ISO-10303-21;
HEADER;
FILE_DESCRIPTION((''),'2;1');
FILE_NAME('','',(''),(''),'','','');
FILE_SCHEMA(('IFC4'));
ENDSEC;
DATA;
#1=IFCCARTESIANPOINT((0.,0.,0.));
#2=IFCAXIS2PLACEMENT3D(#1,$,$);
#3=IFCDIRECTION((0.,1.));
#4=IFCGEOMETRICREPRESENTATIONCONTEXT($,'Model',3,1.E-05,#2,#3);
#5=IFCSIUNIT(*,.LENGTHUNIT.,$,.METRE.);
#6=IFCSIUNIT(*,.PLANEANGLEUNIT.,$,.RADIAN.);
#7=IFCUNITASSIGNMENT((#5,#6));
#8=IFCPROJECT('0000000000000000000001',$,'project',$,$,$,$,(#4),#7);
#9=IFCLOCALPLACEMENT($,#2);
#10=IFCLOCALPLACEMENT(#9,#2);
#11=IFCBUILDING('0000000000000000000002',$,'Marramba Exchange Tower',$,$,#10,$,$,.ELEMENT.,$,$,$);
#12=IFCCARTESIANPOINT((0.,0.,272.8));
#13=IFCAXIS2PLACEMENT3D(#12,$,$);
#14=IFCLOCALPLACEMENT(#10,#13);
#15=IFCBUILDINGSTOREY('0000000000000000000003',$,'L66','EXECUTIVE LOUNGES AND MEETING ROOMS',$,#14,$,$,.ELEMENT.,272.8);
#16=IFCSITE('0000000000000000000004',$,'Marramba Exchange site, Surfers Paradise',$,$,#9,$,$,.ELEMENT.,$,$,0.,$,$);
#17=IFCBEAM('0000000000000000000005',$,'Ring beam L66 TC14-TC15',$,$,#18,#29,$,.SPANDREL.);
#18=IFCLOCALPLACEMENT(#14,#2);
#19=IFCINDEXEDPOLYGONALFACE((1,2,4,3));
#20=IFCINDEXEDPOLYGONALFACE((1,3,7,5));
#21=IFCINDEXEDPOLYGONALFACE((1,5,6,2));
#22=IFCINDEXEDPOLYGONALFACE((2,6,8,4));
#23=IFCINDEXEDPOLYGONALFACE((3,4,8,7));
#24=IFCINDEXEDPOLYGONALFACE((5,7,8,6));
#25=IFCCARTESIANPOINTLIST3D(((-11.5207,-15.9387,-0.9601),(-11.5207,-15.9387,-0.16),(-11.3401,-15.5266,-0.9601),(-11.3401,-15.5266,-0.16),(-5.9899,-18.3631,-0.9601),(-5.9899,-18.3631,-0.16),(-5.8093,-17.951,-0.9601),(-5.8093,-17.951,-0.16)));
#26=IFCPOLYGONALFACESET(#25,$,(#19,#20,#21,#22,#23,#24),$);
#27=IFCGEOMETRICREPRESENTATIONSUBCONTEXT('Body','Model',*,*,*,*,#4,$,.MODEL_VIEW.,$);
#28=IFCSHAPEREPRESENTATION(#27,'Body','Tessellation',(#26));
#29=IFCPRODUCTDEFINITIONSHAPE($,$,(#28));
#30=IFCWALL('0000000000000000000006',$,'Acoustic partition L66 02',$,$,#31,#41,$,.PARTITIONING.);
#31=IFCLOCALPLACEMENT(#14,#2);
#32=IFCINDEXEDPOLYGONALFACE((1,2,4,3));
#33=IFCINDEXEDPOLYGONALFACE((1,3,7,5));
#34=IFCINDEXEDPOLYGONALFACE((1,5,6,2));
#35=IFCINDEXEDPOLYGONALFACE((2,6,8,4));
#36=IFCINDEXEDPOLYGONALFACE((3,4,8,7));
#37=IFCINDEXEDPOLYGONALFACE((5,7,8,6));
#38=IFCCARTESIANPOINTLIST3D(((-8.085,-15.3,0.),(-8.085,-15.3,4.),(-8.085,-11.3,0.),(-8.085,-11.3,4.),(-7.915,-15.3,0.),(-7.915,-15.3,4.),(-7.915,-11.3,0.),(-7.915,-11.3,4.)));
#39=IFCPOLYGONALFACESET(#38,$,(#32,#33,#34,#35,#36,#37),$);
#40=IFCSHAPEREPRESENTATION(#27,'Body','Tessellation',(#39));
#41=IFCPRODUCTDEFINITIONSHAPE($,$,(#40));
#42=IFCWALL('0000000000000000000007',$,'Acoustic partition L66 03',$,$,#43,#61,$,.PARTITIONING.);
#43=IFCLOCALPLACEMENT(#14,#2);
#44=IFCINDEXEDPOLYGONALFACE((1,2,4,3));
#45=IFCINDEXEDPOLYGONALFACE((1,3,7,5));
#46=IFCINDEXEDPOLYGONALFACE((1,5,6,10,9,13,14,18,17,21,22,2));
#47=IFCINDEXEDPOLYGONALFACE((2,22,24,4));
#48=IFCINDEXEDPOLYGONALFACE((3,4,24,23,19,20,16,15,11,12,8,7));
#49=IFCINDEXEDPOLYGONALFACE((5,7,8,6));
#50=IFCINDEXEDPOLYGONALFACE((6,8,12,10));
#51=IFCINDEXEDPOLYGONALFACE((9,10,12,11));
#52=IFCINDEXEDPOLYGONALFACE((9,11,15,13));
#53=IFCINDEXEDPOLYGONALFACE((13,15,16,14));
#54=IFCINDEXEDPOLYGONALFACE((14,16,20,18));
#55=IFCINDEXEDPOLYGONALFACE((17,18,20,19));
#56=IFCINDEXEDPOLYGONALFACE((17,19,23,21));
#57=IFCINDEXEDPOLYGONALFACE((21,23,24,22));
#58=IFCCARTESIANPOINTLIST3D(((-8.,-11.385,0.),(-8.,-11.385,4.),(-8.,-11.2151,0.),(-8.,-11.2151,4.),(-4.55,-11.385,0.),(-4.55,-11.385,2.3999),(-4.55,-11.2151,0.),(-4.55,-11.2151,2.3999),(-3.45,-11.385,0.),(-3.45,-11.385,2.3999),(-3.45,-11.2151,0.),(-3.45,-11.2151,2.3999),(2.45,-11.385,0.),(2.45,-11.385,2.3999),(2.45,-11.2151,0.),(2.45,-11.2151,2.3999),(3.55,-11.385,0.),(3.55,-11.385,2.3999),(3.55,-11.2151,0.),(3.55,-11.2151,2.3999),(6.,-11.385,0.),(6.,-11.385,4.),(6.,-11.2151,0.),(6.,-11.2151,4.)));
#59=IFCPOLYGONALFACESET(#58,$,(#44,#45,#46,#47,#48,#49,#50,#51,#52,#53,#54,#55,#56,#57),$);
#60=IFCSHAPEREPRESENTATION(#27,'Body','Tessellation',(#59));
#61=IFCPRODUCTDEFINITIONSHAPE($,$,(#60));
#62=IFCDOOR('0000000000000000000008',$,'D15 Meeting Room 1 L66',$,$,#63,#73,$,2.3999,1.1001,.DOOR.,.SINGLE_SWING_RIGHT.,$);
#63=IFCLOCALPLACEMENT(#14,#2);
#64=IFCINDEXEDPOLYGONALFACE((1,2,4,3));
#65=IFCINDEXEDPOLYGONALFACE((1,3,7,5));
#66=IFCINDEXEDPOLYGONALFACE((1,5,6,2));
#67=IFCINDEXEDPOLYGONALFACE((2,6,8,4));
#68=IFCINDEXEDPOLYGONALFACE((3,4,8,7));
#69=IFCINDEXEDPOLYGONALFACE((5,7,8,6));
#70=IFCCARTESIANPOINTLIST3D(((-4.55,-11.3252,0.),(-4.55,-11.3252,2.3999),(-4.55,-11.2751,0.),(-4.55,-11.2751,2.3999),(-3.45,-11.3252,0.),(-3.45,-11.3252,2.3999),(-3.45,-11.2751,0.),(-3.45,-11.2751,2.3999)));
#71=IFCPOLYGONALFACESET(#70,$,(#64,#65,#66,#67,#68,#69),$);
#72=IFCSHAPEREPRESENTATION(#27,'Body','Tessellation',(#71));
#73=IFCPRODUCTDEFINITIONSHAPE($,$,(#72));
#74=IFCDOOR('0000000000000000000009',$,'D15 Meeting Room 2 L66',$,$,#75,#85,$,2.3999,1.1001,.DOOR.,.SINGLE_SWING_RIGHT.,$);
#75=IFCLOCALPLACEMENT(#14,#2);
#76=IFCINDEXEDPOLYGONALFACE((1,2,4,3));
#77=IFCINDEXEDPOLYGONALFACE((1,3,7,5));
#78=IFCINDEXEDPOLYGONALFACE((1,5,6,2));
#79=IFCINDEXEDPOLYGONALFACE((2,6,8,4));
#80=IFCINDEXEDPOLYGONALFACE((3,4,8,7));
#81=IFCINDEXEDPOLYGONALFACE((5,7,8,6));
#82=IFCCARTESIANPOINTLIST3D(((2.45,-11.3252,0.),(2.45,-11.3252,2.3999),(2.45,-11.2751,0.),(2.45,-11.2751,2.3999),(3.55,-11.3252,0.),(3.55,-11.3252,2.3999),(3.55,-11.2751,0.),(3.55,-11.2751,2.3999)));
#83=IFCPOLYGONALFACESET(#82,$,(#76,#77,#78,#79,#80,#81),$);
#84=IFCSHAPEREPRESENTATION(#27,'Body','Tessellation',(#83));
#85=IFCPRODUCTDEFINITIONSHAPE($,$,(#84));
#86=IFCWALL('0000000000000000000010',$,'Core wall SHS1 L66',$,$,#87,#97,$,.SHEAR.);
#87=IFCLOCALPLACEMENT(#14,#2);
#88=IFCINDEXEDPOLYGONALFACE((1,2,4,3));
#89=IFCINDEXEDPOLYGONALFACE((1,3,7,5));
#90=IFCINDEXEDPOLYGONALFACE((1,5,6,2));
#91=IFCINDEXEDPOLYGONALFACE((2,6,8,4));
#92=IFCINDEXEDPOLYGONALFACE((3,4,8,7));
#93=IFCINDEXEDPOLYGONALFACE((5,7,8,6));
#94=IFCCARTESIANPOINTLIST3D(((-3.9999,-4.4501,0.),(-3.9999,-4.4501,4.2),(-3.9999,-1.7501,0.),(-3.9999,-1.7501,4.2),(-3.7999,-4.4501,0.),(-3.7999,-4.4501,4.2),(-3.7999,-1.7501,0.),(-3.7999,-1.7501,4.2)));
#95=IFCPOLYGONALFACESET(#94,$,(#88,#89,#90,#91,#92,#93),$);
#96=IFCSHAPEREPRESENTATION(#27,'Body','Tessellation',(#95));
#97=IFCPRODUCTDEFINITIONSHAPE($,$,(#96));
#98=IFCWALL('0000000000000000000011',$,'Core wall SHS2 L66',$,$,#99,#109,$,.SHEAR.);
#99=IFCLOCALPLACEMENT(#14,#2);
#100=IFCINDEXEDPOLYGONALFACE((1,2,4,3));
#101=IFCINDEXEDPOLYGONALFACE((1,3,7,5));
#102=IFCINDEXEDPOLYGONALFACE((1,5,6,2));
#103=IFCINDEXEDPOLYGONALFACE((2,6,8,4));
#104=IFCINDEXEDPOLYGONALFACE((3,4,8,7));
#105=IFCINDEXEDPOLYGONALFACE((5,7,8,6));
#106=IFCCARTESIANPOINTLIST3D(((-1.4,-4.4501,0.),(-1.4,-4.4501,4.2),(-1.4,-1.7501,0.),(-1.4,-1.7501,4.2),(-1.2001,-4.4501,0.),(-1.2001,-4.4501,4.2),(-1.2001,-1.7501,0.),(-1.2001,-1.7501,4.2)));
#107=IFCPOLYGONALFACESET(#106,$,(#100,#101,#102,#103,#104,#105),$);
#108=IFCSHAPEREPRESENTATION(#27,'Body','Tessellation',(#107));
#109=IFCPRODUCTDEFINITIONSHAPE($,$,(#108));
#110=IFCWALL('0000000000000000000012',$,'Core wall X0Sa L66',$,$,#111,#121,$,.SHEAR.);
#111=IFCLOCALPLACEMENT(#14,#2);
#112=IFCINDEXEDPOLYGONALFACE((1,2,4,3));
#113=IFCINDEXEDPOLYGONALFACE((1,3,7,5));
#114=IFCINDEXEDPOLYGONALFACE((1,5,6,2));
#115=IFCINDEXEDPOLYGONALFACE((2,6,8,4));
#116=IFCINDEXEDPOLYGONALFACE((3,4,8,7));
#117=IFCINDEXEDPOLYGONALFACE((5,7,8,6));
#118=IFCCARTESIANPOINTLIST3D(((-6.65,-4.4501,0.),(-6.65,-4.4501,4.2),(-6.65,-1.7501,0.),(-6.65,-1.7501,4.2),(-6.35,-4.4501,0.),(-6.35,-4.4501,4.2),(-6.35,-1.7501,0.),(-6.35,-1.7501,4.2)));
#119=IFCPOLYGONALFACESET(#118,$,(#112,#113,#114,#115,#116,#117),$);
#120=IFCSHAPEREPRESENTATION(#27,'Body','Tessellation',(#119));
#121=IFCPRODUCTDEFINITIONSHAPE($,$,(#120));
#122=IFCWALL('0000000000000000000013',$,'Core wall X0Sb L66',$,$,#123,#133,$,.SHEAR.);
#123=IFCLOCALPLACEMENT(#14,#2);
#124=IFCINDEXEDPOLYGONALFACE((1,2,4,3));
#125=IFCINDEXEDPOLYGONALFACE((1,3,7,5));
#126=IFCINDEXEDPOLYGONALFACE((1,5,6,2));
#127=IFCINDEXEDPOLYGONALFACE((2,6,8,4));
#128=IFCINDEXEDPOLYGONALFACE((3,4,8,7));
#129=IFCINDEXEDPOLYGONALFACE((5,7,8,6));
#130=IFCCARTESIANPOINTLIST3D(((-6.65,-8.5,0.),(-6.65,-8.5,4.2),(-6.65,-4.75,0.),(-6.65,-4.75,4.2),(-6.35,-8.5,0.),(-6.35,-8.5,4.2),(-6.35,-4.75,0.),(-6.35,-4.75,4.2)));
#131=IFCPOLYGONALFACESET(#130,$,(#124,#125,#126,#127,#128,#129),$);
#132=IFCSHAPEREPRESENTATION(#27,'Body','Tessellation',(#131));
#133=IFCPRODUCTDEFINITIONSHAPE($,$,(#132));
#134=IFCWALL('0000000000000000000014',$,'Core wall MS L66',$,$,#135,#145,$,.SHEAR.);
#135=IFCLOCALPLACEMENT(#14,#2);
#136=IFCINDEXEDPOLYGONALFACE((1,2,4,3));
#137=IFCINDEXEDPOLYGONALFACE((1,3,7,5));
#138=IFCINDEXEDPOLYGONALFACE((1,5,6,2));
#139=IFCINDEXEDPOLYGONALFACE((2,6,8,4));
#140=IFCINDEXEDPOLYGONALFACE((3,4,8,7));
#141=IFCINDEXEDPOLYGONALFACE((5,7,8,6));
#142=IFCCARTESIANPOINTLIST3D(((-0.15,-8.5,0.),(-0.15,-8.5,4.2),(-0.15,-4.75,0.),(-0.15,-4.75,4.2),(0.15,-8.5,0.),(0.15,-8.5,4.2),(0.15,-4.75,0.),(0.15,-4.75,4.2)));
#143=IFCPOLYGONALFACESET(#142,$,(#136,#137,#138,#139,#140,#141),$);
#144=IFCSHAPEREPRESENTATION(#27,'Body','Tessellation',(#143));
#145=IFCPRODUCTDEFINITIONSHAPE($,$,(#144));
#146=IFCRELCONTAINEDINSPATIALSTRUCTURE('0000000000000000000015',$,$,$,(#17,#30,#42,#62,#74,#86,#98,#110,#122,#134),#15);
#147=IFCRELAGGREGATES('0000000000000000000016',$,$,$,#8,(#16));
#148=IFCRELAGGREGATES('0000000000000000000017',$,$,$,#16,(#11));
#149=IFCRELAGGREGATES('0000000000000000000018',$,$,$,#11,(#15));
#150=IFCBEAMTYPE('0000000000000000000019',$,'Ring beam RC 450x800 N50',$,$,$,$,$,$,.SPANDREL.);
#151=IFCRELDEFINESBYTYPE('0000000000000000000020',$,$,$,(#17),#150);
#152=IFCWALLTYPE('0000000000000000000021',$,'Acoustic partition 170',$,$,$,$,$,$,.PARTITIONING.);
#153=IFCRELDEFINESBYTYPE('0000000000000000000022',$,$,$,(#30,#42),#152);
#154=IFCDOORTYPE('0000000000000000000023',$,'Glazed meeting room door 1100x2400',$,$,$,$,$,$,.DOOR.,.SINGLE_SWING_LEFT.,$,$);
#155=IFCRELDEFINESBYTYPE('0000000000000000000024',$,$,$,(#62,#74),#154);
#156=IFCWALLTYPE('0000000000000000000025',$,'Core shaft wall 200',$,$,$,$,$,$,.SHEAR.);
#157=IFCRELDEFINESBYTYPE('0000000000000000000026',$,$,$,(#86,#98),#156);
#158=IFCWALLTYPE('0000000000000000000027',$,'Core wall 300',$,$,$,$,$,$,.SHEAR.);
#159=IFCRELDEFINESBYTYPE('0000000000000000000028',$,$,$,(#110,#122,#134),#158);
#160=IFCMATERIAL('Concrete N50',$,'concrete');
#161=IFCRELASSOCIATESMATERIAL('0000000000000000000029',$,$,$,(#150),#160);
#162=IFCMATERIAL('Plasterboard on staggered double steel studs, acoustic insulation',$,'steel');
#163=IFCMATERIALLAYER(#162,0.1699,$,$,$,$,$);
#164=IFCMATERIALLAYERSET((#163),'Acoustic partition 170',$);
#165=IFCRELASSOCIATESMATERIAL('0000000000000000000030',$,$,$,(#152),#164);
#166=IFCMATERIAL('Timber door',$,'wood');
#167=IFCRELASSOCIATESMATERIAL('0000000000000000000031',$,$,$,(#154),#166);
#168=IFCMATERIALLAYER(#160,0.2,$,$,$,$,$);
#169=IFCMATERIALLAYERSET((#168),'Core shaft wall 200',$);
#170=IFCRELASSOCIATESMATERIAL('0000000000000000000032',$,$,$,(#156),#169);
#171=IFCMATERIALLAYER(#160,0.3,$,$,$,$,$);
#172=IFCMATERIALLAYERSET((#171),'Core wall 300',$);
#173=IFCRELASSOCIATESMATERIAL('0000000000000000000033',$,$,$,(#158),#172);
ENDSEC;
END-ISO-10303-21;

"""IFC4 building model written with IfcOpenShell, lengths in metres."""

from ifc_helpers import new_model, si_unit, direction, frame, frame_2d, origin, origin_2d, place, context, subcontext, project, spatial, rectangle, extrude, material, layer, layer_set, material_profile, profile_set, type_object, element, fill, save


model = new_model("IFC4")

# Units and contexts
model_context = context("Model", 3, precision=1e-05, world=origin(), true_north=direction((0.0, 1.0)))
body_context = subcontext(model_context, "Body", "Model", "MODEL_VIEW")
ifc_project = project(units=[si_unit("LENGTHUNIT", "METRE"), si_unit("PLANEANGLEUNIT", "RADIAN")], contexts=[model_context])

# Site, building, storey
site_placement = place(None, origin())
site = spatial("IfcSite", under=ifc_project, at=site_placement, Name="Marramba Exchange site, Surfers Paradise", CompositionType="ELEMENT", RefElevation=0.0)
building_placement = place(site_placement, origin())
building = spatial("IfcBuilding", under=site, at=building_placement, Name="Marramba Exchange Tower", CompositionType="ELEMENT")
storey_placement = place(building_placement, frame((0.0, 0.0, 272.8)))
storey = spatial("IfcBuildingStorey", under=building, at=storey_placement, Name="L66", Description="EXECUTIVE LOUNGES AND MEETING ROOMS", CompositionType="ELEMENT", Elevation=272.8)

# Shared definitions
ifc_material_1 = material(Name="Concrete N50", Category="concrete")

# Beam
ifc_material_profile_1 = material_profile(ifc_material_1, rectangle(XDim=0.45, YDim=0.8, at=origin_2d()), Name="RC 450x800")
ifc_profile_set_1 = profile_set([ifc_material_profile_1], Name="Concrete N50")
beam_type_1 = type_object("IfcBeamType", Name="Ring beam RC 450x800 N50", PredefinedType="SPANDREL", material=ifc_profile_set_1)
beam_1_placement = place(storey_placement, frame((-11.4304, -15.7327, -0.5601), z_axis=(0.915877, -0.401459, 0.0), x_axis=(0.401459, 0.915877, 0.0)))
element("IfcBeam", 1, at=beam_1_placement, inside=storey, type_object=beam_type_1, Name="Ring beam L66 TC14-TC15", PredefinedType="SPANDREL", context=body_context, shape_type="SweptSolid", body=[
    extrude(rectangle(XDim=0.45, YDim=0.8, at=origin_2d()), origin(), (0.0, 0.0, 1.0), 6.0388),
])

# Wall
ifc_material_2 = material(Name="Plasterboard on staggered double steel studs, acoustic insulation", Category="steel")
ifc_layer_1 = layer(ifc_material_2, 0.1699)
ifc_layer_set_1 = layer_set([ifc_layer_1], Name="Acoustic partition 170")
wall_type_1 = type_object("IfcWallType", Name="Acoustic partition 170", PredefinedType="PARTITIONING", material=ifc_layer_set_1)
wall_1_placement = place(storey_placement, frame((-8.0, -15.3, 0.0), z_axis=(0.0, 0.0, 1.0), x_axis=(0.0, 1.0, 0.0)))
element("IfcWall", 2, at=wall_1_placement, inside=storey, type_object=wall_type_1, Name="Acoustic partition L66 02", PredefinedType="PARTITIONING", context=body_context, shape_type="SweptSolid", body=[
    extrude(rectangle(XDim=4.0, YDim=0.1699, at=frame_2d((2.0, 0.0))), origin(), (0.0, 0.0, 1.0), 4.0),
])

# Wall, openings, doors
wall_2_placement = place(storey_placement, frame((-8.0, -11.3, 0.0), z_axis=(0.0, 0.0, 1.0), x_axis=(1.0, 0.0, 0.0)))
wall_2 = element("IfcWall", 3, at=wall_2_placement, inside=storey, type_object=wall_type_1, Name="Acoustic partition L66 03", PredefinedType="PARTITIONING", context=body_context, shape_type="SweptSolid", body=[
    extrude(rectangle(XDim=14.0, YDim=0.1699, at=frame_2d((7.0, 0.0))), origin(), (0.0, 0.0, 1.0), 4.0),
])
opening_1_placement = place(wall_2_placement, frame((3.45, 0.0, 0.0)))
opening_1 = element("IfcOpeningElement", 4, at=opening_1_placement, cuts=wall_2, PredefinedType="OPENING", context=body_context, shape_type="SweptSolid", body=[
    extrude(rectangle(XDim=1.1001, YDim=2.3999, at=frame_2d((0.55, 1.2))), frame((0.0, 0.095, 0.0), z_axis=(0.0, -1.0, 0.0), x_axis=(1.0, 0.0, 0.0)), (0.0, 0.0, 1.0), 0.1899),
])
opening_2_placement = place(wall_2_placement, frame((10.45, 0.0, 0.0)))
opening_2 = element("IfcOpeningElement", 5, at=opening_2_placement, cuts=wall_2, PredefinedType="OPENING", context=body_context, shape_type="SweptSolid", body=[
    extrude(rectangle(XDim=1.1001, YDim=2.3999, at=frame_2d((0.55, 1.2))), frame((0.0, 0.095, 0.0), z_axis=(0.0, -1.0, 0.0), x_axis=(1.0, 0.0, 0.0)), (0.0, 0.0, 1.0), 0.1899),
])
ifc_material_3 = material(Name="Timber door", Category="wood")
door_type_1 = type_object("IfcDoorType", Name="Glazed meeting room door 1100x2400", OperationType="SINGLE_SWING_LEFT", PredefinedType="DOOR", material=ifc_material_3)
door_1_placement = place(opening_1_placement, frame((1.1001, 0.0, 0.0), z_axis=(0.0, 0.0, 1.0), x_axis=(-1.0, 0.0, 0.0)))
door_1 = element("IfcDoor", 6, at=door_1_placement, inside=storey, type_object=door_type_1, Name="D15 Meeting Room 1 L66", OperationType="SINGLE_SWING_RIGHT", OverallHeight=2.3999, OverallWidth=1.1001, PredefinedType="DOOR", context=body_context, shape_type="SweptSolid", body=[
    extrude(rectangle(XDim=1.1001, YDim=2.3999, at=frame_2d((0.55, 1.2))), frame((0.0, 0.0251, 0.0), z_axis=(0.0, -1.0, 0.0), x_axis=(1.0, 0.0, 0.0)), (0.0, 0.0, 1.0), 0.05),
])
fill(opening_1, door_1)
door_2_placement = place(opening_2_placement, frame((1.1001, 0.0, 0.0), z_axis=(0.0, 0.0, 1.0), x_axis=(-1.0, 0.0, 0.0)))
door_2 = element("IfcDoor", 7, at=door_2_placement, inside=storey, type_object=door_type_1, Name="D15 Meeting Room 2 L66", OperationType="SINGLE_SWING_RIGHT", OverallHeight=2.3999, OverallWidth=1.1001, PredefinedType="DOOR", context=body_context, shape_type="SweptSolid", body=[
    extrude(rectangle(XDim=1.1001, YDim=2.3999, at=frame_2d((0.55, 1.2))), frame((0.0, 0.0251, 0.0), z_axis=(0.0, -1.0, 0.0), x_axis=(1.0, 0.0, 0.0)), (0.0, 0.0, 1.0), 0.05),
])
fill(opening_2, door_2)

# Walls
ifc_layer_2 = layer(ifc_material_1, 0.2)
ifc_layer_set_2 = layer_set([ifc_layer_2], Name="Core shaft wall 200")
wall_type_2 = type_object("IfcWallType", Name="Core shaft wall 200", PredefinedType="SHEAR", material=ifc_layer_set_2)
for number, where, z_axis, x_axis, name in (
    (8, (-3.8999, -1.75, 0.0), (0.0, 0.0, 1.0), (0.0, -1.0, 0.0), "Core wall SHS1 L66"),
    (9, (-1.3, -1.75, 0.0), (0.0, 0.0, 1.0), (0.0, -1.0, 0.0), "Core wall SHS2 L66"),
):
    element("IfcWall", number, at=place(storey_placement, frame(where, z_axis=z_axis, x_axis=x_axis)), inside=storey, type_object=wall_type_2, Name=name, PredefinedType="SHEAR", context=body_context, shape_type="SweptSolid", body=[
        extrude(rectangle(XDim=2.7, YDim=0.2, at=frame_2d((1.3501, 0.0))), origin(), (0.0, 0.0, 1.0), 4.2),
    ])
ifc_layer_3 = layer(ifc_material_1, 0.3)
ifc_layer_set_3 = layer_set([ifc_layer_3], Name="Core wall 300")
wall_type_3 = type_object("IfcWallType", Name="Core wall 300", PredefinedType="SHEAR", material=ifc_layer_set_3)
wall_3_placement = place(storey_placement, frame((-6.5, -1.75, 0.0), z_axis=(0.0, 0.0, 1.0), x_axis=(0.0, -1.0, 0.0)))
element("IfcWall", 10, at=wall_3_placement, inside=storey, type_object=wall_type_3, Name="Core wall X0Sa L66", PredefinedType="SHEAR", context=body_context, shape_type="SweptSolid", body=[
    extrude(rectangle(XDim=2.7, YDim=0.3, at=frame_2d((1.3501, 0.0))), origin(), (0.0, 0.0, 1.0), 4.2),
])
for number, where, z_axis, x_axis, name in (
    (11, (-6.5, -4.75, 0.0), (0.0, 0.0, 1.0), (0.0, -1.0, 0.0), "Core wall X0Sb L66"),
    (12, (0.0, -4.75, 0.0), (0.0, 0.0, 1.0), (0.0, -1.0, 0.0), "Core wall MS L66"),
):
    element("IfcWall", number, at=place(storey_placement, frame(where, z_axis=z_axis, x_axis=x_axis)), inside=storey, type_object=wall_type_3, Name=name, PredefinedType="SHEAR", context=body_context, shape_type="SweptSolid", body=[
        extrude(rectangle(XDim=3.75, YDim=0.3, at=frame_2d((1.875, 0.0))), origin(), (0.0, 0.0, 1.0), 4.2),
    ])

save(model, "model.ifc")
